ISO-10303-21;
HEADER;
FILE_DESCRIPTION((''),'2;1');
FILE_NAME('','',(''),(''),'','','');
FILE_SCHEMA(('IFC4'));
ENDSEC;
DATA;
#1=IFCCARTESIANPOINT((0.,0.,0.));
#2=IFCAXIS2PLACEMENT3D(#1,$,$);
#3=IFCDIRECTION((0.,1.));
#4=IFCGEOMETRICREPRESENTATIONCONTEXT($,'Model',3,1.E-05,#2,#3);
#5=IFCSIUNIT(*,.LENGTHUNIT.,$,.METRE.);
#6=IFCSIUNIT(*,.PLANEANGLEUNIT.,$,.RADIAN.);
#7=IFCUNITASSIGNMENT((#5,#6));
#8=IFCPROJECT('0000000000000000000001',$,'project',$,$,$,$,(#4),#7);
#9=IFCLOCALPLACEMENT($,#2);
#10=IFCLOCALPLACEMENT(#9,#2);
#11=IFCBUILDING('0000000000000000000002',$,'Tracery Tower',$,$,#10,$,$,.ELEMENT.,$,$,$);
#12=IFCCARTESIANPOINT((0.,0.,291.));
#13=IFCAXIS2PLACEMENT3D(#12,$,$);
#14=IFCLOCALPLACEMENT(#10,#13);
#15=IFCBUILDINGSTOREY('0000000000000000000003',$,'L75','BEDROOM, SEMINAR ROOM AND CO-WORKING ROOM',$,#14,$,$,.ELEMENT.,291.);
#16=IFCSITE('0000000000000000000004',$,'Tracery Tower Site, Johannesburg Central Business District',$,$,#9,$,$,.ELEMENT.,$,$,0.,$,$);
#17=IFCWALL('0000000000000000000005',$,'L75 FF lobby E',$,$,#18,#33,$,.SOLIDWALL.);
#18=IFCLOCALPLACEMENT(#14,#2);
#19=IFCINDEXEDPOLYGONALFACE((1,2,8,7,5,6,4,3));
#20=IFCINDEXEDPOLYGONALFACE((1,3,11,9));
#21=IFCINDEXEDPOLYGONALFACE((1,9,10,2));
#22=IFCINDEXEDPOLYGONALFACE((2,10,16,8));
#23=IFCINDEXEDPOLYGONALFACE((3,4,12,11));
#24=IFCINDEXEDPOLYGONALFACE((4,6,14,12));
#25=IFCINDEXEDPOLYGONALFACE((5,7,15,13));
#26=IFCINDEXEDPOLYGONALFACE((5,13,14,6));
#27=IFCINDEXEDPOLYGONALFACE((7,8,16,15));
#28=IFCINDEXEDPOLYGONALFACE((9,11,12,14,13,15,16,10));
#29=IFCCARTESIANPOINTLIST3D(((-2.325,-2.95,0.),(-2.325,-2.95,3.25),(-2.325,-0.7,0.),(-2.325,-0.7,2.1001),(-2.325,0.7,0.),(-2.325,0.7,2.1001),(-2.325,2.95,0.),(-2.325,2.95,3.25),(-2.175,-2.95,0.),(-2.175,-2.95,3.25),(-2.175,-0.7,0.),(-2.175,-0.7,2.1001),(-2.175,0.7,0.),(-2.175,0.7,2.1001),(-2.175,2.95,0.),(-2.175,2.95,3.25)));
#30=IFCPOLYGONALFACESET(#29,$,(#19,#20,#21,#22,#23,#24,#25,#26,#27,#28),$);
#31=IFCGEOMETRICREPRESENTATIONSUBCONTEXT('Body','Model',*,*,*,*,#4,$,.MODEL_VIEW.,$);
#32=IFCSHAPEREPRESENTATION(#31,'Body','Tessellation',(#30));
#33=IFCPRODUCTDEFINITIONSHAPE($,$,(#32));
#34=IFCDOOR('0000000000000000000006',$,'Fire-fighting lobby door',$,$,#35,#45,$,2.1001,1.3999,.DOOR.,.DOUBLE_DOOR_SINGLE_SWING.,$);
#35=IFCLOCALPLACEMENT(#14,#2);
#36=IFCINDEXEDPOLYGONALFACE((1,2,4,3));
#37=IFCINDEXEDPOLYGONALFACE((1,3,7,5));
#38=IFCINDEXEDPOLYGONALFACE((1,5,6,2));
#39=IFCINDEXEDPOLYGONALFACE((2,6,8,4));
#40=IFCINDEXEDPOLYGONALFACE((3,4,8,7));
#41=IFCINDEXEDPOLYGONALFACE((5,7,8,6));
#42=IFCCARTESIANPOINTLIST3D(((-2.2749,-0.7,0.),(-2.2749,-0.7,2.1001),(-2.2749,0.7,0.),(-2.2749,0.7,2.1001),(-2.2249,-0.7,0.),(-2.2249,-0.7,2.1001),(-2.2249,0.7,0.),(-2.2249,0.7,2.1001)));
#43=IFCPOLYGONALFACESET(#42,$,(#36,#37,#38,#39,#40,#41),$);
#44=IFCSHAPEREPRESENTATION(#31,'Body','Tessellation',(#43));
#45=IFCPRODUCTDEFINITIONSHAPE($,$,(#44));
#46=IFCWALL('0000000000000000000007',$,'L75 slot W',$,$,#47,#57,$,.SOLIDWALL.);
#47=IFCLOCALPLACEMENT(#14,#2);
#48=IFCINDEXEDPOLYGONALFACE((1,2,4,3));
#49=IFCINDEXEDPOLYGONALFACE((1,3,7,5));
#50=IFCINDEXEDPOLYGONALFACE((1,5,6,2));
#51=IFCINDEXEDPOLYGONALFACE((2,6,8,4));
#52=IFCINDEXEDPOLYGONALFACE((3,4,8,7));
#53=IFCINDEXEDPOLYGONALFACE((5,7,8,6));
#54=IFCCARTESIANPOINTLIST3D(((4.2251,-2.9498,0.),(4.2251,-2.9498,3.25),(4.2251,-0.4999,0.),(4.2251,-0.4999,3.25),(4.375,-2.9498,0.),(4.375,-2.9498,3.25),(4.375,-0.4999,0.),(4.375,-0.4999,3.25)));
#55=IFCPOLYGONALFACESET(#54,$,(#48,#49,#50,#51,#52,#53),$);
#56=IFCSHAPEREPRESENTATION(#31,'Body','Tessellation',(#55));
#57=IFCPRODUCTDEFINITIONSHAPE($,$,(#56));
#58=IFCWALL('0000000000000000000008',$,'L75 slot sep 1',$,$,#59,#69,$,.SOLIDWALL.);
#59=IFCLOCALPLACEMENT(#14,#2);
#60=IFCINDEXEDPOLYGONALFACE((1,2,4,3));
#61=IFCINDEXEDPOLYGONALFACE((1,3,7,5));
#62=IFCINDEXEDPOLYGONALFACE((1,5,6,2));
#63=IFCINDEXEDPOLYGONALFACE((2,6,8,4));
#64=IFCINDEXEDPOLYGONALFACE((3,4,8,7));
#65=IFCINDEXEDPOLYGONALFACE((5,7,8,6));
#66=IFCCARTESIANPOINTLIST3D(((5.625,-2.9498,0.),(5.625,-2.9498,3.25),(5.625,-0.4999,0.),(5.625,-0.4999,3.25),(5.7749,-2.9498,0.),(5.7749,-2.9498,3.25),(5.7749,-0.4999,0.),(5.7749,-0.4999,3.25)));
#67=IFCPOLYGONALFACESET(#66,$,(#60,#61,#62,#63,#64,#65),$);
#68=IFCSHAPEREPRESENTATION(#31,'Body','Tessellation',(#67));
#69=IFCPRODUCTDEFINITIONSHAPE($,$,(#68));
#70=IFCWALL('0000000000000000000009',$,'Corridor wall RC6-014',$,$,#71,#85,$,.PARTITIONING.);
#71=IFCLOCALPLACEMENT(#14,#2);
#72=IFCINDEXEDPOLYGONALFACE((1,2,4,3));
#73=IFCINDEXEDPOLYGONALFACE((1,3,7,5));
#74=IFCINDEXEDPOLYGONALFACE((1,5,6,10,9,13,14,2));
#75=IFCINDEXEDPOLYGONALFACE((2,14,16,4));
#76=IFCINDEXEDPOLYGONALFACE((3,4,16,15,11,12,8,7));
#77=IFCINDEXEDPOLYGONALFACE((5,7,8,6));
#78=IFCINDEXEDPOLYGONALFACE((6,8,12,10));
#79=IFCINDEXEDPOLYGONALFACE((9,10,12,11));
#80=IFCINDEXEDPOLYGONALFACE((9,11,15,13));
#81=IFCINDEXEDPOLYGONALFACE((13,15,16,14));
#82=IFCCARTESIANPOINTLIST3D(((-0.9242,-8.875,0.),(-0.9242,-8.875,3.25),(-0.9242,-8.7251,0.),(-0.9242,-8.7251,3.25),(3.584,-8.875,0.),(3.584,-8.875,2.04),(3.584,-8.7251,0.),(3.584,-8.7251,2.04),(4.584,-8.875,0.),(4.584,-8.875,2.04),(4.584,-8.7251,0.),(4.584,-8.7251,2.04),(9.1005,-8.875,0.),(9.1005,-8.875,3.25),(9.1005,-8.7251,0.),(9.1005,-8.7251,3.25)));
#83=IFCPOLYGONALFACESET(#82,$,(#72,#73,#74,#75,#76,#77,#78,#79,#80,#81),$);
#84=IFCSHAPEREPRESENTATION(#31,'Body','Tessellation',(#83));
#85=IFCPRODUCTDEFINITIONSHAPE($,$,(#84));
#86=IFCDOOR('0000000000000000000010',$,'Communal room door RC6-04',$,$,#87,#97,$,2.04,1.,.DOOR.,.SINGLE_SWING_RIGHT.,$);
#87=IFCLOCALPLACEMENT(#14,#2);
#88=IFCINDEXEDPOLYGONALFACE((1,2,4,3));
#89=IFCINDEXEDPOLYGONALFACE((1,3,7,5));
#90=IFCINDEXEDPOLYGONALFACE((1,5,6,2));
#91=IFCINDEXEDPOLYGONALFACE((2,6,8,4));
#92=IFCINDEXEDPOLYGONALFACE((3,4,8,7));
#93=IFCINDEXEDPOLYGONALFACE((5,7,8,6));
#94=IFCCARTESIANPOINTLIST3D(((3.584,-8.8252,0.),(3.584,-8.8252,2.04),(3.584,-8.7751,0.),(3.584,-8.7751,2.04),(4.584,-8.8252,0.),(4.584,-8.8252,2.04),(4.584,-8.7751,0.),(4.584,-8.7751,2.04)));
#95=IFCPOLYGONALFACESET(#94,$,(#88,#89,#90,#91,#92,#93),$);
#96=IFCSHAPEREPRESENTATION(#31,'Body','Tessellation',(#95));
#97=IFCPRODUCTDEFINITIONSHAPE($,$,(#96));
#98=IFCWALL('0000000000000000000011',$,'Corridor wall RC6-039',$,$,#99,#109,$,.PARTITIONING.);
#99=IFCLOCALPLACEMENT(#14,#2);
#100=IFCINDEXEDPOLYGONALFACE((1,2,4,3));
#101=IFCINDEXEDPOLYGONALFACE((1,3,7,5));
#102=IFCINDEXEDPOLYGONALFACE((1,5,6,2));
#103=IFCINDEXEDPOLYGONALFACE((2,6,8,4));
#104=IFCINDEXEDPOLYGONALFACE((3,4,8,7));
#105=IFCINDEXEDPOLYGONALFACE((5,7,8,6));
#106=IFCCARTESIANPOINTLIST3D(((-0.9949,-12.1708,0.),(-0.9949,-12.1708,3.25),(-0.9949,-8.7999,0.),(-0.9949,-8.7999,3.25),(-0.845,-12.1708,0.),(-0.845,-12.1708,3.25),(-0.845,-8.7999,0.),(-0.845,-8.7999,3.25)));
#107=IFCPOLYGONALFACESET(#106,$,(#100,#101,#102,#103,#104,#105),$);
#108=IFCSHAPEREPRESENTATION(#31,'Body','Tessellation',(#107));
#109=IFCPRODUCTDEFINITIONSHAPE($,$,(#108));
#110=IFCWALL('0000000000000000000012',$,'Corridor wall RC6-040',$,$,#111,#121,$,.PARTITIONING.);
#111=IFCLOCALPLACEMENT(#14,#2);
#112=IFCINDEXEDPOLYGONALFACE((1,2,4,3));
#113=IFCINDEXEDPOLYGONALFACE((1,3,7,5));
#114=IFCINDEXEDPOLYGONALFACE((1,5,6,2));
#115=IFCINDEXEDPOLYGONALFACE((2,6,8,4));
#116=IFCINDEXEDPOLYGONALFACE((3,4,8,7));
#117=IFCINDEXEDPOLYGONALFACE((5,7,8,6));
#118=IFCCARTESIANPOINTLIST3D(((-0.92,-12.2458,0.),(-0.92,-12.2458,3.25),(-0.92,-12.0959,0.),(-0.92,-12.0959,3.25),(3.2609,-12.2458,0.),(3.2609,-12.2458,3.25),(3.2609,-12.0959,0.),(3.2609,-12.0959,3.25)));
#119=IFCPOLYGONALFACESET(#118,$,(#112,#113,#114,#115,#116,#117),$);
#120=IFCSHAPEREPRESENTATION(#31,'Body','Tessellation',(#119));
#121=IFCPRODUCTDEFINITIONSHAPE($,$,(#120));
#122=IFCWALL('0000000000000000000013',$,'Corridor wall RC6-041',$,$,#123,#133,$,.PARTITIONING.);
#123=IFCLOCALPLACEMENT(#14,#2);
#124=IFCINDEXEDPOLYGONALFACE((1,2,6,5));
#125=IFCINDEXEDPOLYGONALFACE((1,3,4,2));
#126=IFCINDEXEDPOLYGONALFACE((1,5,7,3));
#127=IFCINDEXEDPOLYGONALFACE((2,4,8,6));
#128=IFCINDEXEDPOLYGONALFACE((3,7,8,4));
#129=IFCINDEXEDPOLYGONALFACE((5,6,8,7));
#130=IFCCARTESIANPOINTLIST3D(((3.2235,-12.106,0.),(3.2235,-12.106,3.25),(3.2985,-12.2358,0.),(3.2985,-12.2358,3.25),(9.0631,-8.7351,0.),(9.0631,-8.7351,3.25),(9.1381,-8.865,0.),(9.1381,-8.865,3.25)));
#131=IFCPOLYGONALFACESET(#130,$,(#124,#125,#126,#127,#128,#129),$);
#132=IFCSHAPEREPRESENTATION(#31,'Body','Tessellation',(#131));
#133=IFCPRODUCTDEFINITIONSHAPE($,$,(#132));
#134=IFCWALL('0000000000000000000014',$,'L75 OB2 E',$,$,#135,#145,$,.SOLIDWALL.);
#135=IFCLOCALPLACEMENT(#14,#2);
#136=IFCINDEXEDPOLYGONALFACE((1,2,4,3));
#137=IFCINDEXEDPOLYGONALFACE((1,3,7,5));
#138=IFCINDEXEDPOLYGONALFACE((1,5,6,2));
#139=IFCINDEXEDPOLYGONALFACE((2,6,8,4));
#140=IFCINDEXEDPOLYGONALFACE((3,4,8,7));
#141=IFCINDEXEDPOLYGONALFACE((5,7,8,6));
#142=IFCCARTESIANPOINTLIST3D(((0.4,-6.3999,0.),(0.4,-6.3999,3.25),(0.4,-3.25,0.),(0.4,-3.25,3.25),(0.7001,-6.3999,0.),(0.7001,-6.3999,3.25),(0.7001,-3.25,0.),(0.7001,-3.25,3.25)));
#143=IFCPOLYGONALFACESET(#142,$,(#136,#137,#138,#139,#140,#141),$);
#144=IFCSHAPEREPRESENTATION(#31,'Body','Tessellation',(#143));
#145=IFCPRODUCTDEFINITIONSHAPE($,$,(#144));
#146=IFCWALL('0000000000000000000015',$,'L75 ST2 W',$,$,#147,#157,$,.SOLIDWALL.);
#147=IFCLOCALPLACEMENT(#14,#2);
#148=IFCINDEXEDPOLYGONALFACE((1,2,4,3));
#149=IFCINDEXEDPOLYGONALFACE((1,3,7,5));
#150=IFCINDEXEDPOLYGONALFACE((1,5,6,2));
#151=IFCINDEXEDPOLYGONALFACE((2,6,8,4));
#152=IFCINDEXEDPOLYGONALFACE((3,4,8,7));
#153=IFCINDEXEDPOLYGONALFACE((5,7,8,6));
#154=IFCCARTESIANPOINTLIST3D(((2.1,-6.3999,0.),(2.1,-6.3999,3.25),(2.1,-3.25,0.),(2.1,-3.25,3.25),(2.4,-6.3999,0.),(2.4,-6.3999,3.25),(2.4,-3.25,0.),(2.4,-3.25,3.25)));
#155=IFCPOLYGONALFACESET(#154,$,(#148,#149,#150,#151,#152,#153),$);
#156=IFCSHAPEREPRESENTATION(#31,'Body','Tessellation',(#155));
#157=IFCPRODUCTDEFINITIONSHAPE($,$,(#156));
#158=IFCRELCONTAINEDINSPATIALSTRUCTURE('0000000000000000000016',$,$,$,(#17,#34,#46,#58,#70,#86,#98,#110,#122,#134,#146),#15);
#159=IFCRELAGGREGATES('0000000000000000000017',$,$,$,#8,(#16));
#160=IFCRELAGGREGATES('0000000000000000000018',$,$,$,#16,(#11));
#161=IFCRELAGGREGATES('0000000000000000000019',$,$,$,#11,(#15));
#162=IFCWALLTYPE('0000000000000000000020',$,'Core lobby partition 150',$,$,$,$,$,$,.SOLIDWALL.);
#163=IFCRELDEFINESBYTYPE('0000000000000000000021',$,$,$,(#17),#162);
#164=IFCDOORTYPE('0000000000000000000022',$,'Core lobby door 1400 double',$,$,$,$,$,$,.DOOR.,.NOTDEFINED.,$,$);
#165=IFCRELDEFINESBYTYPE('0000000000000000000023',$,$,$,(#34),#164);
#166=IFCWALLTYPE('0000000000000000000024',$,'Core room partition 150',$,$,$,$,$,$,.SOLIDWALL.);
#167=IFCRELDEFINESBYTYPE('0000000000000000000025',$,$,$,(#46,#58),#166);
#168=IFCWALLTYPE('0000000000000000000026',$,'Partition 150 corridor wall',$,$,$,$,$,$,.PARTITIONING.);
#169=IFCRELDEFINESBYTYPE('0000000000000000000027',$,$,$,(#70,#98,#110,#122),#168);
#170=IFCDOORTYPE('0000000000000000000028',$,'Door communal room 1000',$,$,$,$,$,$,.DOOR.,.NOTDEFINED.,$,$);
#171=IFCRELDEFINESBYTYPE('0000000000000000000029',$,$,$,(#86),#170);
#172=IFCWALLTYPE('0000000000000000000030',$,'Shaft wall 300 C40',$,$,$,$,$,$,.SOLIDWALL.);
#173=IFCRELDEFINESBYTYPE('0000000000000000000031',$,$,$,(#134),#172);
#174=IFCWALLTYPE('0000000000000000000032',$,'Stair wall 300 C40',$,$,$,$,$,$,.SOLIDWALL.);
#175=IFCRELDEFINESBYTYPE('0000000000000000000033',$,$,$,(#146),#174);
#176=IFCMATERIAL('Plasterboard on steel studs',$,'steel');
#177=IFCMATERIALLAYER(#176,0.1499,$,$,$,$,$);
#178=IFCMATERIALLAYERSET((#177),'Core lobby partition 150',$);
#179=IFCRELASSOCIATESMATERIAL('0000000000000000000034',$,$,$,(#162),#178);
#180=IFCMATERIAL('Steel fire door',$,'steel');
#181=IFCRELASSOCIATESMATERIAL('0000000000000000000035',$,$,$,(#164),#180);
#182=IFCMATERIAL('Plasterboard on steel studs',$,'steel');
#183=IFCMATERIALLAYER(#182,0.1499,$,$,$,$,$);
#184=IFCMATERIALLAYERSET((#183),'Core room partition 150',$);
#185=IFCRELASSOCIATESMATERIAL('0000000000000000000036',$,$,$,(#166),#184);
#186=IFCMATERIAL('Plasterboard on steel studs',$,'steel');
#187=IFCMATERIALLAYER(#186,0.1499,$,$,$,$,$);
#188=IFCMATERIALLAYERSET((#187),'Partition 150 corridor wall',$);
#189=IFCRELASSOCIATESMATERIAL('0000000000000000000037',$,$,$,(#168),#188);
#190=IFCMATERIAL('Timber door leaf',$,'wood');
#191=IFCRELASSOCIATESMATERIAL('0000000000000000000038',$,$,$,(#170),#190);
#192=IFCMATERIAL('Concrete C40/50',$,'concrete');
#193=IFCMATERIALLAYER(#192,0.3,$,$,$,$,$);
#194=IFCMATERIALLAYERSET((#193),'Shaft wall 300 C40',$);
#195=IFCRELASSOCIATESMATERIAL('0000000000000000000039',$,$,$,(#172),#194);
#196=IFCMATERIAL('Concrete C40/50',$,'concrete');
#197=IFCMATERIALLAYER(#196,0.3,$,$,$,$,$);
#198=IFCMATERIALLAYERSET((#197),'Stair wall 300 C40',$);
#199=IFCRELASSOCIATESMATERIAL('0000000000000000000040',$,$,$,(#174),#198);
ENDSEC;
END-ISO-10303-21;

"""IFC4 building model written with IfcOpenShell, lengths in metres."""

from ifc_helpers import new_model, si_unit, direction, frame, frame_2d, origin, place, context, subcontext, project, spatial, rectangle, extrude, material, layer, layer_set, type_object, element, fill, save


model = new_model("IFC4")

# Units and contexts
model_context = context("Model", 3, precision=1e-05, world=origin(), true_north=direction((0.0, 1.0)))
body_context = subcontext(model_context, "Body", "Model", "MODEL_VIEW")
ifc_project = project(units=[si_unit("LENGTHUNIT", "METRE"), si_unit("PLANEANGLEUNIT", "RADIAN")], contexts=[model_context])

# Site, building, storey
site_placement = place(None, origin())
site = spatial("IfcSite", under=ifc_project, at=site_placement, Name="Tracery Tower Site, Johannesburg Central Business District", CompositionType="ELEMENT", RefElevation=0.0)
building_placement = place(site_placement, origin())
building = spatial("IfcBuilding", under=site, at=building_placement, Name="Tracery Tower", CompositionType="ELEMENT")
storey_placement = place(building_placement, frame((0.0, 0.0, 291.0)))
storey = spatial("IfcBuildingStorey", under=building, at=storey_placement, Name="L75", Description="BEDROOM, SEMINAR ROOM AND CO-WORKING ROOM", CompositionType="ELEMENT", Elevation=291.0)

# Wall, opening, door
ifc_material_1 = material(Name="Plasterboard on steel studs", Category="steel")
ifc_layer_1 = layer(ifc_material_1, 0.1499)
ifc_layer_set_1 = layer_set([ifc_layer_1], Name="Core lobby partition 150")
wall_type_1 = type_object("IfcWallType", Name="Core lobby partition 150", PredefinedType="SOLIDWALL", material=ifc_layer_set_1)
wall_1_placement = place(storey_placement, frame((-2.25, -2.95, 0.0), z_axis=(0.0, 0.0, 1.0), x_axis=(0.0, 1.0, 0.0)))
wall_1 = element("IfcWall", 1, at=wall_1_placement, inside=storey, type_object=wall_type_1, Name="L75 FF lobby E", PredefinedType="SOLIDWALL", context=body_context, shape_type="SweptSolid", body=[
    extrude(rectangle(XDim=5.8999, YDim=0.1499, at=frame_2d((2.95, 0.0))), origin(), (0.0, 0.0, 1.0), 3.25),
])
opening_1_placement = place(wall_1_placement, frame((2.25, 0.0, 0.0)))
opening_1 = element("IfcOpeningElement", 2, at=opening_1_placement, cuts=wall_1, PredefinedType="OPENING", context=body_context, shape_type="SweptSolid", body=[
    extrude(rectangle(XDim=1.3999, YDim=2.1001, at=frame_2d((0.7, 1.05))), frame((0.0, 0.075, 0.0), z_axis=(0.0, -1.0, 0.0), x_axis=(1.0, 0.0, 0.0)), (0.0, 0.0, 1.0), 0.1499),
])
ifc_material_2 = material(Name="Steel fire door", Category="steel")
door_type_1 = type_object("IfcDoorType", Name="Core lobby door 1400 double", OperationType="NOTDEFINED", PredefinedType="DOOR", material=ifc_material_2)
door_1_placement = place(opening_1_placement, origin())
door_1 = element("IfcDoor", 3, at=door_1_placement, inside=storey, type_object=door_type_1, Name="Fire-fighting lobby door", OperationType="DOUBLE_DOOR_SINGLE_SWING", OverallHeight=2.1001, OverallWidth=1.3999, PredefinedType="DOOR", context=body_context, shape_type="SweptSolid", body=[
    extrude(rectangle(XDim=1.3999, YDim=2.1001, at=frame_2d((0.7, 1.05))), frame((0.0, 0.0249, 0.0), z_axis=(0.0, -1.0, 0.0), x_axis=(1.0, 0.0, 0.0)), (0.0, 0.0, 1.0), 0.05),
])
fill(opening_1, door_1)

# Walls
ifc_material_3 = material(Name="Plasterboard on steel studs", Category="steel")
ifc_layer_2 = layer(ifc_material_3, 0.1499)
ifc_layer_set_2 = layer_set([ifc_layer_2], Name="Core room partition 150")
wall_type_2 = type_object("IfcWallType", Name="Core room partition 150", PredefinedType="SOLIDWALL", material=ifc_layer_set_2)
for number, where, z_axis, x_axis, name in (
    (4, (4.3, -2.95, 0.0), (0.0, 0.0, 1.0), (0.0, 1.0, 0.0), "L75 slot W"),
    (5, (5.7, -2.95, 0.0), (0.0, 0.0, 1.0), (0.0, 1.0, 0.0), "L75 slot sep 1"),
):
    element("IfcWall", number, at=place(storey_placement, frame(where, z_axis=z_axis, x_axis=x_axis)), inside=storey, type_object=wall_type_2, Name=name, PredefinedType="SOLIDWALL", context=body_context, shape_type="SweptSolid", body=[
        extrude(rectangle(XDim=2.45, YDim=0.1499, at=frame_2d((1.2251, 0.0))), origin(), (0.0, 0.0, 1.0), 3.25),
    ])

# Wall, opening, door
ifc_material_4 = material(Name="Plasterboard on steel studs", Category="steel")
ifc_layer_3 = layer(ifc_material_4, 0.1499)
ifc_layer_set_3 = layer_set([ifc_layer_3], Name="Partition 150 corridor wall")
wall_type_3 = type_object("IfcWallType", Name="Partition 150 corridor wall", PredefinedType="PARTITIONING", material=ifc_layer_set_3)
wall_2_placement = place(storey_placement, frame((-0.9241, -8.8, 0.0), z_axis=(0.0, 0.0, 1.0), x_axis=(1.0, 0.0, 0.0)))
wall_2 = element("IfcWall", 6, at=wall_2_placement, inside=storey, type_object=wall_type_3, Name="Corridor wall RC6-014", PredefinedType="PARTITIONING", context=body_context, shape_type="SweptSolid", body=[
    extrude(rectangle(XDim=10.0247, YDim=0.1499, at=frame_2d((5.0122, 0.0))), origin(), (0.0, 0.0, 1.0), 3.25),
])
opening_2_placement = place(wall_2_placement, frame((4.5081, 0.0, 0.0)))
opening_2 = element("IfcOpeningElement", 7, at=opening_2_placement, cuts=wall_2, PredefinedType="OPENING", context=body_context, shape_type="SweptSolid", body=[
    extrude(rectangle(XDim=1.0, YDim=2.04, at=frame_2d((0.5, 1.02))), frame((0.0, 0.075, 0.0), z_axis=(0.0, -1.0, 0.0), x_axis=(1.0, 0.0, 0.0)), (0.0, 0.0, 1.0), 0.1499),
])
ifc_material_5 = material(Name="Timber door leaf", Category="wood")
door_type_2 = type_object("IfcDoorType", Name="Door communal room 1000", OperationType="NOTDEFINED", PredefinedType="DOOR", material=ifc_material_5)
door_2_placement = place(opening_2_placement, origin())
door_2 = element("IfcDoor", 8, at=door_2_placement, inside=storey, type_object=door_type_2, Name="Communal room door RC6-04", OperationType="SINGLE_SWING_RIGHT", OverallHeight=2.04, OverallWidth=1.0, PredefinedType="DOOR", context=body_context, shape_type="SweptSolid", body=[
    extrude(rectangle(XDim=1.0, YDim=2.04, at=frame_2d((0.5, 1.02))), frame((0.0, 0.0249, 0.0), z_axis=(0.0, -1.0, 0.0), x_axis=(1.0, 0.0, 0.0)), (0.0, 0.0, 1.0), 0.05),
])
fill(opening_2, door_2)

# Walls
wall_3_placement = place(storey_placement, frame((-0.9199, -12.1709, 0.0), z_axis=(0.0, 0.0, 1.0), x_axis=(0.0, 1.0, 0.0)))
element("IfcWall", 9, at=wall_3_placement, inside=storey, type_object=wall_type_3, Name="Corridor wall RC6-039", PredefinedType="PARTITIONING", context=body_context, shape_type="SweptSolid", body=[
    extrude(rectangle(XDim=3.3708, YDim=0.1499, at=frame_2d((1.6855, 0.0))), origin(), (0.0, 0.0, 1.0), 3.25),
])
wall_4_placement = place(storey_placement, frame((-0.9199, -12.1709, 0.0), z_axis=(0.0, 0.0, 1.0), x_axis=(1.0, 0.0, 0.0)))
element("IfcWall", 10, at=wall_4_placement, inside=storey, type_object=wall_type_3, Name="Corridor wall RC6-040", PredefinedType="PARTITIONING", context=body_context, shape_type="SweptSolid", body=[
    extrude(rectangle(XDim=4.1809, YDim=0.1499, at=frame_2d((2.0903, 0.0))), origin(), (0.0, 0.0, 1.0), 3.25),
])
wall_5_placement = place(storey_placement, frame((3.261, -12.1709, 0.0), z_axis=(0.0, 0.0, 1.0), x_axis=(0.866067, 0.499928, 0.0)))
element("IfcWall", 11, at=wall_5_placement, inside=storey, type_object=wall_type_3, Name="Corridor wall RC6-041", PredefinedType="PARTITIONING", context=body_context, shape_type="SweptSolid", body=[
    extrude(rectangle(XDim=6.7427, YDim=0.1499, at=frame_2d((3.3713, 0.0))), origin(), (0.0, 0.0, 1.0), 3.25),
])
ifc_material_6 = material(Name="Concrete C40/50", Category="concrete")
ifc_layer_4 = layer(ifc_material_6, 0.3)
ifc_layer_set_4 = layer_set([ifc_layer_4], Name="Shaft wall 300 C40")
wall_type_4 = type_object("IfcWallType", Name="Shaft wall 300 C40", PredefinedType="SOLIDWALL", material=ifc_layer_set_4)
wall_6_placement = place(storey_placement, frame((0.55, -6.3999, 0.0), z_axis=(0.0, 0.0, 1.0), x_axis=(0.0, 1.0, 0.0)))
element("IfcWall", 12, at=wall_6_placement, inside=storey, type_object=wall_type_4, Name="L75 OB2 E", PredefinedType="SOLIDWALL", context=body_context, shape_type="SweptSolid", body=[
    extrude(rectangle(XDim=3.1499, YDim=0.3, at=frame_2d((1.575, 0.0))), origin(), (0.0, 0.0, 1.0), 3.25),
])

# Shared definitions
ifc_material_7 = material(Name="Concrete C40/50", Category="concrete")
ifc_layer_5 = layer(ifc_material_7, 0.3)
ifc_layer_set_5 = layer_set([ifc_layer_5], Name="Stair wall 300 C40")
wall_type_5 = type_object("IfcWallType", Name="Stair wall 300 C40", PredefinedType="SOLIDWALL", material=ifc_layer_set_5)

# Wall
wall_7_placement = place(storey_placement, frame((2.25, -6.3999, 0.0), z_axis=(0.0, 0.0, 1.0), x_axis=(0.0, 1.0, 0.0)))
element("IfcWall", 13, at=wall_7_placement, inside=storey, type_object=wall_type_5, Name="L75 ST2 W", PredefinedType="SOLIDWALL", context=body_context, shape_type="SweptSolid", body=[
    extrude(rectangle(XDim=3.1499, YDim=0.3, at=frame_2d((1.575, 0.0))), origin(), (0.0, 0.0, 1.0), 3.25),
])

save(model, "model.ifc")
